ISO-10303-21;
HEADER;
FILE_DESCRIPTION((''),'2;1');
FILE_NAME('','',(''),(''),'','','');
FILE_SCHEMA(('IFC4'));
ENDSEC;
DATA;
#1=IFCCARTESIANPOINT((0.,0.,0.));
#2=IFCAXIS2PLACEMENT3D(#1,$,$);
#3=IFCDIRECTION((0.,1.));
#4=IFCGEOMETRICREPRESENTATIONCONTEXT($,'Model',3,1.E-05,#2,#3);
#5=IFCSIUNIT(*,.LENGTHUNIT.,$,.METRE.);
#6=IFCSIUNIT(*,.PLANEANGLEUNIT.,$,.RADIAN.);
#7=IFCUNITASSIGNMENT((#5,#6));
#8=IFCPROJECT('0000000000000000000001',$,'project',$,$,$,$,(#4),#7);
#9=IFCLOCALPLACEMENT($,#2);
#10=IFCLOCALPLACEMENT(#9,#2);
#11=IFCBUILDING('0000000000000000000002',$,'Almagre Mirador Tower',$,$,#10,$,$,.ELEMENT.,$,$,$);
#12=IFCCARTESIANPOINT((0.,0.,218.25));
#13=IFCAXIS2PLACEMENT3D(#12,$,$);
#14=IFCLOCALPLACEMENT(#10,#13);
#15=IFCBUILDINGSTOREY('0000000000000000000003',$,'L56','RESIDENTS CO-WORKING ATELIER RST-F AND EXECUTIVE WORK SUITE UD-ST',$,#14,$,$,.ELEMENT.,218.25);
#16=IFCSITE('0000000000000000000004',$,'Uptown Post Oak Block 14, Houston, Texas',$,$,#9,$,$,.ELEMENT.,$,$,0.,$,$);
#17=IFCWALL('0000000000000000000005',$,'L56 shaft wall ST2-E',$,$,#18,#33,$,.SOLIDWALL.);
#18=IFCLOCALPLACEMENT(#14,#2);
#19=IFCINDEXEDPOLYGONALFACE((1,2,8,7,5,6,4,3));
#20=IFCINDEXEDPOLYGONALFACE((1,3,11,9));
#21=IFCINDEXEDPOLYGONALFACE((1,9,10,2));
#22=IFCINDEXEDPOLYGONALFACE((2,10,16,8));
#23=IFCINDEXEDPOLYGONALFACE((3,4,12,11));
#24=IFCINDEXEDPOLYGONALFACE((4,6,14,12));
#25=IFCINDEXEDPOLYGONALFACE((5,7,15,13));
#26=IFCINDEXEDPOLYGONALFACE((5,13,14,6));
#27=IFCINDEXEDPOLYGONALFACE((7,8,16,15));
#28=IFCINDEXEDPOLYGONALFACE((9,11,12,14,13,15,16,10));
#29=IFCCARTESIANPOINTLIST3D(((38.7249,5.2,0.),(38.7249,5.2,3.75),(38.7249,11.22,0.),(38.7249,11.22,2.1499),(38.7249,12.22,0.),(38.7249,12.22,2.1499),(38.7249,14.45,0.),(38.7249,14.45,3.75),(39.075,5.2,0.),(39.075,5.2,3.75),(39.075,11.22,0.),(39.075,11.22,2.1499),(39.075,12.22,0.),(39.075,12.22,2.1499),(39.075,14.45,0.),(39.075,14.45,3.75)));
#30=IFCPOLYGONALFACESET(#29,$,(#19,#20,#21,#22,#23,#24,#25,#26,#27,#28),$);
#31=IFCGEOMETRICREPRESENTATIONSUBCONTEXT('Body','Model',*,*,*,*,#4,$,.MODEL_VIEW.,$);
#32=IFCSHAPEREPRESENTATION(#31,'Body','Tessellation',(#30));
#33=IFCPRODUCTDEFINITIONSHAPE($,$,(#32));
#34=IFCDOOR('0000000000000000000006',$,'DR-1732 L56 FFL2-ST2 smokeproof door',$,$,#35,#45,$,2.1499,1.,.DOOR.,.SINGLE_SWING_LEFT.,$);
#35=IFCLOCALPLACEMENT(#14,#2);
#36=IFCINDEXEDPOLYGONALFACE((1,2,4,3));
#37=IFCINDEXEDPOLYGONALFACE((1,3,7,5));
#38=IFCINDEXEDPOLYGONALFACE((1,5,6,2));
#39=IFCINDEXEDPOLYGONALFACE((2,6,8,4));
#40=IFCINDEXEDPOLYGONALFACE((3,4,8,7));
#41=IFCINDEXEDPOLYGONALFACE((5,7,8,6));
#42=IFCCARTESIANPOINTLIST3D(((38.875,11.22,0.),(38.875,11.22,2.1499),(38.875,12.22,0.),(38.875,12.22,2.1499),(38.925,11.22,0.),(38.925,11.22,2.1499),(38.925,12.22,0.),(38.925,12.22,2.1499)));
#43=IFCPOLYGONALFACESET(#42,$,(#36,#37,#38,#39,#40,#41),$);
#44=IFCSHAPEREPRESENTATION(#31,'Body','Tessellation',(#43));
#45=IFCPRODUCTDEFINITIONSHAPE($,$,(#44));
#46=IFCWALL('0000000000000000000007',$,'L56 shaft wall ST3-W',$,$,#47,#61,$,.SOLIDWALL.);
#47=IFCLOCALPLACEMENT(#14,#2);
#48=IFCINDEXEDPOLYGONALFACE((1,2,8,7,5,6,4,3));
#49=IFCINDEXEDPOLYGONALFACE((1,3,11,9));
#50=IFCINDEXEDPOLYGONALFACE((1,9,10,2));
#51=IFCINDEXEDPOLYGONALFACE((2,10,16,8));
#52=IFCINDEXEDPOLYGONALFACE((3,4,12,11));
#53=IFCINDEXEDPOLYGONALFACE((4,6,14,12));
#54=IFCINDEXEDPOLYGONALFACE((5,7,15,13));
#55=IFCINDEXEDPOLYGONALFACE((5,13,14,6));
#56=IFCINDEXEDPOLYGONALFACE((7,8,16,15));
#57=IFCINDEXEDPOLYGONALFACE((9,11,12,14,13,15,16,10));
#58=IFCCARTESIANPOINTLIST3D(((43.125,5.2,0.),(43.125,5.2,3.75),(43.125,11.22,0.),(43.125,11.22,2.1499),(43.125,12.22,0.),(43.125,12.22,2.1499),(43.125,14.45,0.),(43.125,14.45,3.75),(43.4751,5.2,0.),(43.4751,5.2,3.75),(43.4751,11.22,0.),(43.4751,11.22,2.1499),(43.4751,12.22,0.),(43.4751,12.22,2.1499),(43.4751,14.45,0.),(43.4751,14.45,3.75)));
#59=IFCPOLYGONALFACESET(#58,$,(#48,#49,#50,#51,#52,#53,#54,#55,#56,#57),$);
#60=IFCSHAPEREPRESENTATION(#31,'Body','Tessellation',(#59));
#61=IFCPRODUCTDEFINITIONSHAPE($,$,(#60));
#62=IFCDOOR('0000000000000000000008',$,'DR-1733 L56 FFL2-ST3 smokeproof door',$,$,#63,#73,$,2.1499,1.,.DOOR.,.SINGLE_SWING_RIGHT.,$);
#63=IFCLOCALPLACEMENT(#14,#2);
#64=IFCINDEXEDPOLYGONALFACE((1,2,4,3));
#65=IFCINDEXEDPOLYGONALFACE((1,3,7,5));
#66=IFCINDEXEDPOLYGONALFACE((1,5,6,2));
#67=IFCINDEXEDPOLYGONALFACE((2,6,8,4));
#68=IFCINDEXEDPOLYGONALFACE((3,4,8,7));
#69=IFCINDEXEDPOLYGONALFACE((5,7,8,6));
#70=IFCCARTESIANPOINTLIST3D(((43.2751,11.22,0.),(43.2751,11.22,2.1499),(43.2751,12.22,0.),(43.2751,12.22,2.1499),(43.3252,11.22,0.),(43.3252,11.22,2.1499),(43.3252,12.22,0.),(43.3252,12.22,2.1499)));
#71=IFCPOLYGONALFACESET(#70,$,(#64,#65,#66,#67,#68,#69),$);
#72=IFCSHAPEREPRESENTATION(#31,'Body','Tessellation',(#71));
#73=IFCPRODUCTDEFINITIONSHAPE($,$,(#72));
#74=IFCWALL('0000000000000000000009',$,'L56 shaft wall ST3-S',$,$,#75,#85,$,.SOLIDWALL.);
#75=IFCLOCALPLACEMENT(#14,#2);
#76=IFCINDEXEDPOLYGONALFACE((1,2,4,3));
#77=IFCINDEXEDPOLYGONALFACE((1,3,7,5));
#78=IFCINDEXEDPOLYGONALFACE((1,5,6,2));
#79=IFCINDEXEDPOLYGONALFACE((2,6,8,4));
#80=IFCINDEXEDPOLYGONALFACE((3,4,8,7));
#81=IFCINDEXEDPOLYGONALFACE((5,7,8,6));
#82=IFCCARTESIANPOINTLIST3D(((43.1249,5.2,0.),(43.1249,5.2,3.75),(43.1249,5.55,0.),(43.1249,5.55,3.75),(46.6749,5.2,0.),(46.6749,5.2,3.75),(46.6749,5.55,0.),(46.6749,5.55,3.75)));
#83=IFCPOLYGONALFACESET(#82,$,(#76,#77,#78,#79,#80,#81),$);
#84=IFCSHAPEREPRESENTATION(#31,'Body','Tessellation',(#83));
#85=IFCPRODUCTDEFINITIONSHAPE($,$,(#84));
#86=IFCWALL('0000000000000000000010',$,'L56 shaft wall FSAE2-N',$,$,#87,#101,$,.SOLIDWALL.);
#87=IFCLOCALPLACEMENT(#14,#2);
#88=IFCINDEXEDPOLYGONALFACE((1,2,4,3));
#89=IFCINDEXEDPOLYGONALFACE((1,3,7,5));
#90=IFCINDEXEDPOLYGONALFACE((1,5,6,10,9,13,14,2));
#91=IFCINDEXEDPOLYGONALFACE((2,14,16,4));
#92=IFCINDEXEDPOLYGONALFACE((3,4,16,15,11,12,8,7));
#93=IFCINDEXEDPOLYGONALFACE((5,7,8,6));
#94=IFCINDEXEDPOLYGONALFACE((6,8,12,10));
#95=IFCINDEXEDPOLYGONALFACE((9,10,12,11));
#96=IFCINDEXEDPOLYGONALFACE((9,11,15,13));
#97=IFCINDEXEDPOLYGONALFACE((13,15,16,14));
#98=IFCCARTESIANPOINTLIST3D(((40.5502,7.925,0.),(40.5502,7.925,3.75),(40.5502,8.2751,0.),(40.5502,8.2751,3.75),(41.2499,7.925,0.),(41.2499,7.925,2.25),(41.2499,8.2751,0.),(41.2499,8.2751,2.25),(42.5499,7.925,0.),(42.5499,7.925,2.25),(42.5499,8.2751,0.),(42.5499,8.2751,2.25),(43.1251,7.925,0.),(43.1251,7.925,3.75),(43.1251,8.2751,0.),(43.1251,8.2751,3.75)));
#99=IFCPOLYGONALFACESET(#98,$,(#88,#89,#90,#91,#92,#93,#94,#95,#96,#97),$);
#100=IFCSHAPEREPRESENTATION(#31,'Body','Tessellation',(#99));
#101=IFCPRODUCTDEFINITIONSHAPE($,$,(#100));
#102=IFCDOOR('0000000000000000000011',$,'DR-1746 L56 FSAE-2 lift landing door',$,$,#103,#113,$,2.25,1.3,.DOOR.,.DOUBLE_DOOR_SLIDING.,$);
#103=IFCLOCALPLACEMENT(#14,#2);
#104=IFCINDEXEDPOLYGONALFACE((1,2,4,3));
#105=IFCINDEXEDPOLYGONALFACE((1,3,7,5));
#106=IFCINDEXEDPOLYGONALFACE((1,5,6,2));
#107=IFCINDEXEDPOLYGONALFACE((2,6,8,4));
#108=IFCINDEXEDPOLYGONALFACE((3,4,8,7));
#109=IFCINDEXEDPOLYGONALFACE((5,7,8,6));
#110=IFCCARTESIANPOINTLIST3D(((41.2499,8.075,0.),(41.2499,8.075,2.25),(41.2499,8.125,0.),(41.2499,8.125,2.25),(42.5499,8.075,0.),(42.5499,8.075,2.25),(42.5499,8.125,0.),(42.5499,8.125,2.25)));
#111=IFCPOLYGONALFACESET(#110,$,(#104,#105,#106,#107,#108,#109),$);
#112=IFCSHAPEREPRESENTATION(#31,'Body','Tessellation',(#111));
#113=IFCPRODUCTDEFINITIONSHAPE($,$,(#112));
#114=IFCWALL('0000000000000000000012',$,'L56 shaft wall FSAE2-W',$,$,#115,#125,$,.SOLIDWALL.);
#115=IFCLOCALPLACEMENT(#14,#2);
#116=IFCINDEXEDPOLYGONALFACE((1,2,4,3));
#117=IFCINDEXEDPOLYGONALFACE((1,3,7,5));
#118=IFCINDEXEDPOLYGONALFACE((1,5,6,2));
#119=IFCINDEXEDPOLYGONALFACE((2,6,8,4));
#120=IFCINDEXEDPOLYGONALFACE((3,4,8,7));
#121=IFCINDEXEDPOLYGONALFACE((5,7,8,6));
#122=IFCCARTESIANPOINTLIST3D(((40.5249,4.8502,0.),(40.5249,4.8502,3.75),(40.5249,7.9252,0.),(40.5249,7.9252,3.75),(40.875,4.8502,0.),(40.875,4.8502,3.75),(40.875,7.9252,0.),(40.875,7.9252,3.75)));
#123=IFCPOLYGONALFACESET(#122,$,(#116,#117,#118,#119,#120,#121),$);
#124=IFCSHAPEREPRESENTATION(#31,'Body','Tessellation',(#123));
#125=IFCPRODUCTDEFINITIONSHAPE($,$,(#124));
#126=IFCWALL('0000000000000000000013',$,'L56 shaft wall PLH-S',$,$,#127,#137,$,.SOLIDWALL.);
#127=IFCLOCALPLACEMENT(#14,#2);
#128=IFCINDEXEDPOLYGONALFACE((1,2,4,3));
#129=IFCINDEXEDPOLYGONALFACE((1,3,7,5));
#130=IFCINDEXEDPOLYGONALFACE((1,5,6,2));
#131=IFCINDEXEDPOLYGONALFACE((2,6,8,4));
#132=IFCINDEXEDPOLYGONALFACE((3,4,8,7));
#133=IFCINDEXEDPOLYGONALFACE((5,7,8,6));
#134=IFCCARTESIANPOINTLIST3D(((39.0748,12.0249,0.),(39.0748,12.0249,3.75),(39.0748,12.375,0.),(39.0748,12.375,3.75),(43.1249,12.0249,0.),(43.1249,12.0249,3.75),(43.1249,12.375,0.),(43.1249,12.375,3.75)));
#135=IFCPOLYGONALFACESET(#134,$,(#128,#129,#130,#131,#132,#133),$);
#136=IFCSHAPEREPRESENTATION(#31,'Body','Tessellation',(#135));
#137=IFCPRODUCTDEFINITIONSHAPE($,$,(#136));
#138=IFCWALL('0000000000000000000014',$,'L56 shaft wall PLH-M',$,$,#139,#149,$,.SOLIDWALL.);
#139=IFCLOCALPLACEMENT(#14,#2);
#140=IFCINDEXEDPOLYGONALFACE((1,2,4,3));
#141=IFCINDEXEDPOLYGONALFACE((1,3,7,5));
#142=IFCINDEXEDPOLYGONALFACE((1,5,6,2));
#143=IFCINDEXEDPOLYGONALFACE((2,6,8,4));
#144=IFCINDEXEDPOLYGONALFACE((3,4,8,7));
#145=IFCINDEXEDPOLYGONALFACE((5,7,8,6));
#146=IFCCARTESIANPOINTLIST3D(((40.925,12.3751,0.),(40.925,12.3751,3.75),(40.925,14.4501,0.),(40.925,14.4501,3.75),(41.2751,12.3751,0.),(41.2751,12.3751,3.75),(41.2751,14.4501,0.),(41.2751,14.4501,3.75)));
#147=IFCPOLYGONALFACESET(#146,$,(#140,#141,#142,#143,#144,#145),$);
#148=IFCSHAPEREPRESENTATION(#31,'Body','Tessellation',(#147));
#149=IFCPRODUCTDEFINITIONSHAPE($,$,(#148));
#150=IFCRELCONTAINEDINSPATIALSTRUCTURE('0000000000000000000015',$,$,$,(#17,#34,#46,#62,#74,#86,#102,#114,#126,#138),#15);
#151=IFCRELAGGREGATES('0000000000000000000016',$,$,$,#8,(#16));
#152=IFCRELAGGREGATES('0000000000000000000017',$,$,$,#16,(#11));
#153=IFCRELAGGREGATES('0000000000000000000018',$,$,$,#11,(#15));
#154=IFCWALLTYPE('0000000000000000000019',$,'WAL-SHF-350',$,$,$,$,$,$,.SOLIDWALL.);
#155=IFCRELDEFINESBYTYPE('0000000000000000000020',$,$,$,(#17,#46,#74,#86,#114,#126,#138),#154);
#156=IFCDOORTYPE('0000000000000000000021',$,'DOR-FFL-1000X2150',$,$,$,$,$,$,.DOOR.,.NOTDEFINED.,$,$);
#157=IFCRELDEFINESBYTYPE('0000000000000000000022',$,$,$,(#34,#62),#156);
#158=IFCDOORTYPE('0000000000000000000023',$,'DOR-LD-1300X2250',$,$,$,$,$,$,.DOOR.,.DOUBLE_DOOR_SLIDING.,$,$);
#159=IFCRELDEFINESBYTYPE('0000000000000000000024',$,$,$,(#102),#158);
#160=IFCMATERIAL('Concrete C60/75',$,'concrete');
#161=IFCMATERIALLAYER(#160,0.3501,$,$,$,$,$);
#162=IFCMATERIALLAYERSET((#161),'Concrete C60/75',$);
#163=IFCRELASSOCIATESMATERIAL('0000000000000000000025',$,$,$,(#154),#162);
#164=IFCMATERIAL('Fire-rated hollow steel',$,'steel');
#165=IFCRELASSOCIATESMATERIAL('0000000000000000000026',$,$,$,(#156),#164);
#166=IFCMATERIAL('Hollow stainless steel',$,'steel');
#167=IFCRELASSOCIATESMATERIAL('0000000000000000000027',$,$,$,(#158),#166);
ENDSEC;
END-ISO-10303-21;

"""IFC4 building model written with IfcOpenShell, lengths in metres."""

from ifc_helpers import new_model, si_unit, direction, frame, frame_2d, origin, place, context, subcontext, project, spatial, rectangle, extrude, material, layer, layer_set, type_object, element, fill, save


model = new_model("IFC4")

# Units and contexts
model_context = context("Model", 3, precision=1e-05, world=origin(), true_north=direction((0.0, 1.0)))
body_context = subcontext(model_context, "Body", "Model", "MODEL_VIEW")
ifc_project = project(units=[si_unit("LENGTHUNIT", "METRE"), si_unit("PLANEANGLEUNIT", "RADIAN")], contexts=[model_context])

# Site, building, storey
site_placement = place(None, origin())
site = spatial("IfcSite", under=ifc_project, at=site_placement, Name="Uptown Post Oak Block 14, Houston, Texas", CompositionType="ELEMENT", RefElevation=0.0)
building_placement = place(site_placement, origin())
building = spatial("IfcBuilding", under=site, at=building_placement, Name="Almagre Mirador Tower", CompositionType="ELEMENT")
storey_placement = place(building_placement, frame((0.0, 0.0, 218.25)))
storey = spatial("IfcBuildingStorey", under=building, at=storey_placement, Name="L56", Description="RESIDENTS CO-WORKING ATELIER RST-F AND EXECUTIVE WORK SUITE UD-ST", CompositionType="ELEMENT", Elevation=218.25)

# Walls, openings, doors
ifc_material_1 = material(Name="Concrete C60/75", Category="concrete")
ifc_layer_1 = layer(ifc_material_1, 0.3501)
ifc_layer_set_1 = layer_set([ifc_layer_1], Name="Concrete C60/75")
wall_type_1 = type_object("IfcWallType", Name="WAL-SHF-350", PredefinedType="SOLIDWALL", material=ifc_layer_set_1)
wall_1_placement = place(storey_placement, frame((38.8999, 5.2, 0.0), z_axis=(0.0, 0.0, 1.0), x_axis=(0.0, 1.0, 0.0)))
wall_1 = element("IfcWall", 1, at=wall_1_placement, inside=storey, type_object=wall_type_1, Name="L56 shaft wall ST2-E", PredefinedType="SOLIDWALL", context=body_context, shape_type="SweptSolid", body=[
    extrude(rectangle(XDim=9.25, YDim=0.3501, at=frame_2d((4.625, 0.0))), origin(), (0.0, 0.0, 1.0), 3.75),
])
opening_1_placement = place(wall_1_placement, frame((6.02, 0.0, 0.0)))
opening_1 = element("IfcOpeningElement", 2, at=opening_1_placement, cuts=wall_1, PredefinedType="OPENING", context=body_context, shape_type="SweptSolid", body=[
    extrude(rectangle(XDim=1.0, YDim=2.1499, at=frame_2d((0.5, 1.075))), frame((0.0, 0.185, 0.0), z_axis=(0.0, -1.0, 0.0), x_axis=(1.0, 0.0, 0.0)), (0.0, 0.0, 1.0), 0.3701),
])
ifc_material_2 = material(Name="Fire-rated hollow steel", Category="steel")
door_type_1 = type_object("IfcDoorType", Name="DOR-FFL-1000X2150", OperationType="NOTDEFINED", PredefinedType="DOOR", material=ifc_material_2)
door_1_placement = place(opening_1_placement, origin())
door_1 = element("IfcDoor", 3, at=door_1_placement, inside=storey, type_object=door_type_1, Name="DR-1732 L56 FFL2-ST2 smokeproof door", OperationType="SINGLE_SWING_LEFT", OverallHeight=2.1499, OverallWidth=1.0, PredefinedType="DOOR", context=body_context, shape_type="SweptSolid", body=[
    extrude(rectangle(XDim=1.0, YDim=2.1499, at=frame_2d((0.5, 1.075))), frame((0.0, 0.0249, 0.0), z_axis=(0.0, -1.0, 0.0), x_axis=(1.0, 0.0, 0.0)), (0.0, 0.0, 1.0), 0.05),
])
fill(opening_1, door_1)
wall_2_placement = place(storey_placement, frame((43.3, 5.2, 0.0), z_axis=(0.0, 0.0, 1.0), x_axis=(0.0, 1.0, 0.0)))
wall_2 = element("IfcWall", 4, at=wall_2_placement, inside=storey, type_object=wall_type_1, Name="L56 shaft wall ST3-W", PredefinedType="SOLIDWALL", context=body_context, shape_type="SweptSolid", body=[
    extrude(rectangle(XDim=9.25, YDim=0.3501, at=frame_2d((4.625, 0.0))), origin(), (0.0, 0.0, 1.0), 3.75),
])
opening_2_placement = place(wall_2_placement, frame((6.02, 0.0, 0.0)))
opening_2 = element("IfcOpeningElement", 5, at=opening_2_placement, cuts=wall_2, PredefinedType="OPENING", context=body_context, shape_type="SweptSolid", body=[
    extrude(rectangle(XDim=1.0, YDim=2.1499, at=frame_2d((0.5, 1.075))), frame((0.0, 0.185, 0.0), z_axis=(0.0, -1.0, 0.0), x_axis=(1.0, 0.0, 0.0)), (0.0, 0.0, 1.0), 0.3701),
])
door_2_placement = place(opening_2_placement, origin())
door_2 = element("IfcDoor", 6, at=door_2_placement, inside=storey, type_object=door_type_1, Name="DR-1733 L56 FFL2-ST3 smokeproof door", OperationType="SINGLE_SWING_RIGHT", OverallHeight=2.1499, OverallWidth=1.0, PredefinedType="DOOR", context=body_context, shape_type="SweptSolid", body=[
    extrude(rectangle(XDim=1.0, YDim=2.1499, at=frame_2d((0.5, 1.075))), frame((0.0, 0.0249, 0.0), z_axis=(0.0, -1.0, 0.0), x_axis=(1.0, 0.0, 0.0)), (0.0, 0.0, 1.0), 0.05),
])
fill(opening_2, door_2)

# Wall
wall_3_placement = place(storey_placement, frame((43.125, 5.375, 0.0), z_axis=(0.0, 0.0, 1.0), x_axis=(1.0, 0.0, 0.0)))
element("IfcWall", 7, at=wall_3_placement, inside=storey, type_object=wall_type_1, Name="L56 shaft wall ST3-S", PredefinedType="SOLIDWALL", context=body_context, shape_type="SweptSolid", body=[
    extrude(rectangle(XDim=3.55, YDim=0.3501, at=frame_2d((1.7749, 0.0))), origin(), (0.0, 0.0, 1.0), 3.75),
])

# Wall, opening, door
wall_4_placement = place(storey_placement, frame((40.55, 8.1001, 0.0), z_axis=(0.0, 0.0, 1.0), x_axis=(1.0, 0.0, 0.0)))
wall_4 = element("IfcWall", 8, at=wall_4_placement, inside=storey, type_object=wall_type_1, Name="L56 shaft wall FSAE2-N", PredefinedType="SOLIDWALL", context=body_context, shape_type="SweptSolid", body=[
    extrude(rectangle(XDim=2.575, YDim=0.3501, at=frame_2d((1.2876, 0.0))), origin(), (0.0, 0.0, 1.0), 3.75),
])
opening_3_placement = place(wall_4_placement, frame((0.7, 0.0, 0.0)))
opening_3 = element("IfcOpeningElement", 9, at=opening_3_placement, cuts=wall_4, PredefinedType="OPENING", context=body_context, shape_type="SweptSolid", body=[
    extrude(rectangle(XDim=1.3, YDim=2.25, at=frame_2d((0.6499, 1.125))), frame((0.0, 0.185, 0.0), z_axis=(0.0, -1.0, 0.0), x_axis=(1.0, 0.0, 0.0)), (0.0, 0.0, 1.0), 0.3701),
])
ifc_material_3 = material(Name="Hollow stainless steel", Category="steel")
door_type_2 = type_object("IfcDoorType", Name="DOR-LD-1300X2250", OperationType="DOUBLE_DOOR_SLIDING", PredefinedType="DOOR", material=ifc_material_3)
door_3_placement = place(opening_3_placement, origin())
door_3 = element("IfcDoor", 10, at=door_3_placement, inside=storey, type_object=door_type_2, Name="DR-1746 L56 FSAE-2 lift landing door", OperationType="DOUBLE_DOOR_SLIDING", OverallHeight=2.25, OverallWidth=1.3, PredefinedType="DOOR", context=body_context, shape_type="SweptSolid", body=[
    extrude(rectangle(XDim=1.3, YDim=2.25, at=frame_2d((0.6499, 1.125))), frame((0.0, 0.0249, 0.0), z_axis=(0.0, -1.0, 0.0), x_axis=(1.0, 0.0, 0.0)), (0.0, 0.0, 1.0), 0.05),
])
fill(opening_3, door_3)

# Walls
wall_5_placement = place(storey_placement, frame((40.7, 4.8501, 0.0), z_axis=(0.0, 0.0, 1.0), x_axis=(0.0, 1.0, 0.0)))
element("IfcWall", 11, at=wall_5_placement, inside=storey, type_object=wall_type_1, Name="L56 shaft wall FSAE2-W", PredefinedType="SOLIDWALL", context=body_context, shape_type="SweptSolid", body=[
    extrude(rectangle(XDim=3.075, YDim=0.3501, at=frame_2d((1.5376, 0.0))), origin(), (0.0, 0.0, 1.0), 3.75),
])
wall_6_placement = place(storey_placement, frame((39.075, 12.2, 0.0), z_axis=(0.0, 0.0, 1.0), x_axis=(1.0, 0.0, 0.0)))
element("IfcWall", 12, at=wall_6_placement, inside=storey, type_object=wall_type_1, Name="L56 shaft wall PLH-S", PredefinedType="SOLIDWALL", context=body_context, shape_type="SweptSolid", body=[
    extrude(rectangle(XDim=4.05, YDim=0.3501, at=frame_2d((2.0249, 0.0))), origin(), (0.0, 0.0, 1.0), 3.75),
])
wall_7_placement = place(storey_placement, frame((41.1001, 12.375, 0.0), z_axis=(0.0, 0.0, 1.0), x_axis=(0.0, 1.0, 0.0)))
element("IfcWall", 13, at=wall_7_placement, inside=storey, type_object=wall_type_1, Name="L56 shaft wall PLH-M", PredefinedType="SOLIDWALL", context=body_context, shape_type="SweptSolid", body=[
    extrude(rectangle(XDim=2.075, YDim=0.3501, at=frame_2d((1.0376, 0.0))), origin(), (0.0, 0.0, 1.0), 3.75),
])

save(model, "model.ifc")
